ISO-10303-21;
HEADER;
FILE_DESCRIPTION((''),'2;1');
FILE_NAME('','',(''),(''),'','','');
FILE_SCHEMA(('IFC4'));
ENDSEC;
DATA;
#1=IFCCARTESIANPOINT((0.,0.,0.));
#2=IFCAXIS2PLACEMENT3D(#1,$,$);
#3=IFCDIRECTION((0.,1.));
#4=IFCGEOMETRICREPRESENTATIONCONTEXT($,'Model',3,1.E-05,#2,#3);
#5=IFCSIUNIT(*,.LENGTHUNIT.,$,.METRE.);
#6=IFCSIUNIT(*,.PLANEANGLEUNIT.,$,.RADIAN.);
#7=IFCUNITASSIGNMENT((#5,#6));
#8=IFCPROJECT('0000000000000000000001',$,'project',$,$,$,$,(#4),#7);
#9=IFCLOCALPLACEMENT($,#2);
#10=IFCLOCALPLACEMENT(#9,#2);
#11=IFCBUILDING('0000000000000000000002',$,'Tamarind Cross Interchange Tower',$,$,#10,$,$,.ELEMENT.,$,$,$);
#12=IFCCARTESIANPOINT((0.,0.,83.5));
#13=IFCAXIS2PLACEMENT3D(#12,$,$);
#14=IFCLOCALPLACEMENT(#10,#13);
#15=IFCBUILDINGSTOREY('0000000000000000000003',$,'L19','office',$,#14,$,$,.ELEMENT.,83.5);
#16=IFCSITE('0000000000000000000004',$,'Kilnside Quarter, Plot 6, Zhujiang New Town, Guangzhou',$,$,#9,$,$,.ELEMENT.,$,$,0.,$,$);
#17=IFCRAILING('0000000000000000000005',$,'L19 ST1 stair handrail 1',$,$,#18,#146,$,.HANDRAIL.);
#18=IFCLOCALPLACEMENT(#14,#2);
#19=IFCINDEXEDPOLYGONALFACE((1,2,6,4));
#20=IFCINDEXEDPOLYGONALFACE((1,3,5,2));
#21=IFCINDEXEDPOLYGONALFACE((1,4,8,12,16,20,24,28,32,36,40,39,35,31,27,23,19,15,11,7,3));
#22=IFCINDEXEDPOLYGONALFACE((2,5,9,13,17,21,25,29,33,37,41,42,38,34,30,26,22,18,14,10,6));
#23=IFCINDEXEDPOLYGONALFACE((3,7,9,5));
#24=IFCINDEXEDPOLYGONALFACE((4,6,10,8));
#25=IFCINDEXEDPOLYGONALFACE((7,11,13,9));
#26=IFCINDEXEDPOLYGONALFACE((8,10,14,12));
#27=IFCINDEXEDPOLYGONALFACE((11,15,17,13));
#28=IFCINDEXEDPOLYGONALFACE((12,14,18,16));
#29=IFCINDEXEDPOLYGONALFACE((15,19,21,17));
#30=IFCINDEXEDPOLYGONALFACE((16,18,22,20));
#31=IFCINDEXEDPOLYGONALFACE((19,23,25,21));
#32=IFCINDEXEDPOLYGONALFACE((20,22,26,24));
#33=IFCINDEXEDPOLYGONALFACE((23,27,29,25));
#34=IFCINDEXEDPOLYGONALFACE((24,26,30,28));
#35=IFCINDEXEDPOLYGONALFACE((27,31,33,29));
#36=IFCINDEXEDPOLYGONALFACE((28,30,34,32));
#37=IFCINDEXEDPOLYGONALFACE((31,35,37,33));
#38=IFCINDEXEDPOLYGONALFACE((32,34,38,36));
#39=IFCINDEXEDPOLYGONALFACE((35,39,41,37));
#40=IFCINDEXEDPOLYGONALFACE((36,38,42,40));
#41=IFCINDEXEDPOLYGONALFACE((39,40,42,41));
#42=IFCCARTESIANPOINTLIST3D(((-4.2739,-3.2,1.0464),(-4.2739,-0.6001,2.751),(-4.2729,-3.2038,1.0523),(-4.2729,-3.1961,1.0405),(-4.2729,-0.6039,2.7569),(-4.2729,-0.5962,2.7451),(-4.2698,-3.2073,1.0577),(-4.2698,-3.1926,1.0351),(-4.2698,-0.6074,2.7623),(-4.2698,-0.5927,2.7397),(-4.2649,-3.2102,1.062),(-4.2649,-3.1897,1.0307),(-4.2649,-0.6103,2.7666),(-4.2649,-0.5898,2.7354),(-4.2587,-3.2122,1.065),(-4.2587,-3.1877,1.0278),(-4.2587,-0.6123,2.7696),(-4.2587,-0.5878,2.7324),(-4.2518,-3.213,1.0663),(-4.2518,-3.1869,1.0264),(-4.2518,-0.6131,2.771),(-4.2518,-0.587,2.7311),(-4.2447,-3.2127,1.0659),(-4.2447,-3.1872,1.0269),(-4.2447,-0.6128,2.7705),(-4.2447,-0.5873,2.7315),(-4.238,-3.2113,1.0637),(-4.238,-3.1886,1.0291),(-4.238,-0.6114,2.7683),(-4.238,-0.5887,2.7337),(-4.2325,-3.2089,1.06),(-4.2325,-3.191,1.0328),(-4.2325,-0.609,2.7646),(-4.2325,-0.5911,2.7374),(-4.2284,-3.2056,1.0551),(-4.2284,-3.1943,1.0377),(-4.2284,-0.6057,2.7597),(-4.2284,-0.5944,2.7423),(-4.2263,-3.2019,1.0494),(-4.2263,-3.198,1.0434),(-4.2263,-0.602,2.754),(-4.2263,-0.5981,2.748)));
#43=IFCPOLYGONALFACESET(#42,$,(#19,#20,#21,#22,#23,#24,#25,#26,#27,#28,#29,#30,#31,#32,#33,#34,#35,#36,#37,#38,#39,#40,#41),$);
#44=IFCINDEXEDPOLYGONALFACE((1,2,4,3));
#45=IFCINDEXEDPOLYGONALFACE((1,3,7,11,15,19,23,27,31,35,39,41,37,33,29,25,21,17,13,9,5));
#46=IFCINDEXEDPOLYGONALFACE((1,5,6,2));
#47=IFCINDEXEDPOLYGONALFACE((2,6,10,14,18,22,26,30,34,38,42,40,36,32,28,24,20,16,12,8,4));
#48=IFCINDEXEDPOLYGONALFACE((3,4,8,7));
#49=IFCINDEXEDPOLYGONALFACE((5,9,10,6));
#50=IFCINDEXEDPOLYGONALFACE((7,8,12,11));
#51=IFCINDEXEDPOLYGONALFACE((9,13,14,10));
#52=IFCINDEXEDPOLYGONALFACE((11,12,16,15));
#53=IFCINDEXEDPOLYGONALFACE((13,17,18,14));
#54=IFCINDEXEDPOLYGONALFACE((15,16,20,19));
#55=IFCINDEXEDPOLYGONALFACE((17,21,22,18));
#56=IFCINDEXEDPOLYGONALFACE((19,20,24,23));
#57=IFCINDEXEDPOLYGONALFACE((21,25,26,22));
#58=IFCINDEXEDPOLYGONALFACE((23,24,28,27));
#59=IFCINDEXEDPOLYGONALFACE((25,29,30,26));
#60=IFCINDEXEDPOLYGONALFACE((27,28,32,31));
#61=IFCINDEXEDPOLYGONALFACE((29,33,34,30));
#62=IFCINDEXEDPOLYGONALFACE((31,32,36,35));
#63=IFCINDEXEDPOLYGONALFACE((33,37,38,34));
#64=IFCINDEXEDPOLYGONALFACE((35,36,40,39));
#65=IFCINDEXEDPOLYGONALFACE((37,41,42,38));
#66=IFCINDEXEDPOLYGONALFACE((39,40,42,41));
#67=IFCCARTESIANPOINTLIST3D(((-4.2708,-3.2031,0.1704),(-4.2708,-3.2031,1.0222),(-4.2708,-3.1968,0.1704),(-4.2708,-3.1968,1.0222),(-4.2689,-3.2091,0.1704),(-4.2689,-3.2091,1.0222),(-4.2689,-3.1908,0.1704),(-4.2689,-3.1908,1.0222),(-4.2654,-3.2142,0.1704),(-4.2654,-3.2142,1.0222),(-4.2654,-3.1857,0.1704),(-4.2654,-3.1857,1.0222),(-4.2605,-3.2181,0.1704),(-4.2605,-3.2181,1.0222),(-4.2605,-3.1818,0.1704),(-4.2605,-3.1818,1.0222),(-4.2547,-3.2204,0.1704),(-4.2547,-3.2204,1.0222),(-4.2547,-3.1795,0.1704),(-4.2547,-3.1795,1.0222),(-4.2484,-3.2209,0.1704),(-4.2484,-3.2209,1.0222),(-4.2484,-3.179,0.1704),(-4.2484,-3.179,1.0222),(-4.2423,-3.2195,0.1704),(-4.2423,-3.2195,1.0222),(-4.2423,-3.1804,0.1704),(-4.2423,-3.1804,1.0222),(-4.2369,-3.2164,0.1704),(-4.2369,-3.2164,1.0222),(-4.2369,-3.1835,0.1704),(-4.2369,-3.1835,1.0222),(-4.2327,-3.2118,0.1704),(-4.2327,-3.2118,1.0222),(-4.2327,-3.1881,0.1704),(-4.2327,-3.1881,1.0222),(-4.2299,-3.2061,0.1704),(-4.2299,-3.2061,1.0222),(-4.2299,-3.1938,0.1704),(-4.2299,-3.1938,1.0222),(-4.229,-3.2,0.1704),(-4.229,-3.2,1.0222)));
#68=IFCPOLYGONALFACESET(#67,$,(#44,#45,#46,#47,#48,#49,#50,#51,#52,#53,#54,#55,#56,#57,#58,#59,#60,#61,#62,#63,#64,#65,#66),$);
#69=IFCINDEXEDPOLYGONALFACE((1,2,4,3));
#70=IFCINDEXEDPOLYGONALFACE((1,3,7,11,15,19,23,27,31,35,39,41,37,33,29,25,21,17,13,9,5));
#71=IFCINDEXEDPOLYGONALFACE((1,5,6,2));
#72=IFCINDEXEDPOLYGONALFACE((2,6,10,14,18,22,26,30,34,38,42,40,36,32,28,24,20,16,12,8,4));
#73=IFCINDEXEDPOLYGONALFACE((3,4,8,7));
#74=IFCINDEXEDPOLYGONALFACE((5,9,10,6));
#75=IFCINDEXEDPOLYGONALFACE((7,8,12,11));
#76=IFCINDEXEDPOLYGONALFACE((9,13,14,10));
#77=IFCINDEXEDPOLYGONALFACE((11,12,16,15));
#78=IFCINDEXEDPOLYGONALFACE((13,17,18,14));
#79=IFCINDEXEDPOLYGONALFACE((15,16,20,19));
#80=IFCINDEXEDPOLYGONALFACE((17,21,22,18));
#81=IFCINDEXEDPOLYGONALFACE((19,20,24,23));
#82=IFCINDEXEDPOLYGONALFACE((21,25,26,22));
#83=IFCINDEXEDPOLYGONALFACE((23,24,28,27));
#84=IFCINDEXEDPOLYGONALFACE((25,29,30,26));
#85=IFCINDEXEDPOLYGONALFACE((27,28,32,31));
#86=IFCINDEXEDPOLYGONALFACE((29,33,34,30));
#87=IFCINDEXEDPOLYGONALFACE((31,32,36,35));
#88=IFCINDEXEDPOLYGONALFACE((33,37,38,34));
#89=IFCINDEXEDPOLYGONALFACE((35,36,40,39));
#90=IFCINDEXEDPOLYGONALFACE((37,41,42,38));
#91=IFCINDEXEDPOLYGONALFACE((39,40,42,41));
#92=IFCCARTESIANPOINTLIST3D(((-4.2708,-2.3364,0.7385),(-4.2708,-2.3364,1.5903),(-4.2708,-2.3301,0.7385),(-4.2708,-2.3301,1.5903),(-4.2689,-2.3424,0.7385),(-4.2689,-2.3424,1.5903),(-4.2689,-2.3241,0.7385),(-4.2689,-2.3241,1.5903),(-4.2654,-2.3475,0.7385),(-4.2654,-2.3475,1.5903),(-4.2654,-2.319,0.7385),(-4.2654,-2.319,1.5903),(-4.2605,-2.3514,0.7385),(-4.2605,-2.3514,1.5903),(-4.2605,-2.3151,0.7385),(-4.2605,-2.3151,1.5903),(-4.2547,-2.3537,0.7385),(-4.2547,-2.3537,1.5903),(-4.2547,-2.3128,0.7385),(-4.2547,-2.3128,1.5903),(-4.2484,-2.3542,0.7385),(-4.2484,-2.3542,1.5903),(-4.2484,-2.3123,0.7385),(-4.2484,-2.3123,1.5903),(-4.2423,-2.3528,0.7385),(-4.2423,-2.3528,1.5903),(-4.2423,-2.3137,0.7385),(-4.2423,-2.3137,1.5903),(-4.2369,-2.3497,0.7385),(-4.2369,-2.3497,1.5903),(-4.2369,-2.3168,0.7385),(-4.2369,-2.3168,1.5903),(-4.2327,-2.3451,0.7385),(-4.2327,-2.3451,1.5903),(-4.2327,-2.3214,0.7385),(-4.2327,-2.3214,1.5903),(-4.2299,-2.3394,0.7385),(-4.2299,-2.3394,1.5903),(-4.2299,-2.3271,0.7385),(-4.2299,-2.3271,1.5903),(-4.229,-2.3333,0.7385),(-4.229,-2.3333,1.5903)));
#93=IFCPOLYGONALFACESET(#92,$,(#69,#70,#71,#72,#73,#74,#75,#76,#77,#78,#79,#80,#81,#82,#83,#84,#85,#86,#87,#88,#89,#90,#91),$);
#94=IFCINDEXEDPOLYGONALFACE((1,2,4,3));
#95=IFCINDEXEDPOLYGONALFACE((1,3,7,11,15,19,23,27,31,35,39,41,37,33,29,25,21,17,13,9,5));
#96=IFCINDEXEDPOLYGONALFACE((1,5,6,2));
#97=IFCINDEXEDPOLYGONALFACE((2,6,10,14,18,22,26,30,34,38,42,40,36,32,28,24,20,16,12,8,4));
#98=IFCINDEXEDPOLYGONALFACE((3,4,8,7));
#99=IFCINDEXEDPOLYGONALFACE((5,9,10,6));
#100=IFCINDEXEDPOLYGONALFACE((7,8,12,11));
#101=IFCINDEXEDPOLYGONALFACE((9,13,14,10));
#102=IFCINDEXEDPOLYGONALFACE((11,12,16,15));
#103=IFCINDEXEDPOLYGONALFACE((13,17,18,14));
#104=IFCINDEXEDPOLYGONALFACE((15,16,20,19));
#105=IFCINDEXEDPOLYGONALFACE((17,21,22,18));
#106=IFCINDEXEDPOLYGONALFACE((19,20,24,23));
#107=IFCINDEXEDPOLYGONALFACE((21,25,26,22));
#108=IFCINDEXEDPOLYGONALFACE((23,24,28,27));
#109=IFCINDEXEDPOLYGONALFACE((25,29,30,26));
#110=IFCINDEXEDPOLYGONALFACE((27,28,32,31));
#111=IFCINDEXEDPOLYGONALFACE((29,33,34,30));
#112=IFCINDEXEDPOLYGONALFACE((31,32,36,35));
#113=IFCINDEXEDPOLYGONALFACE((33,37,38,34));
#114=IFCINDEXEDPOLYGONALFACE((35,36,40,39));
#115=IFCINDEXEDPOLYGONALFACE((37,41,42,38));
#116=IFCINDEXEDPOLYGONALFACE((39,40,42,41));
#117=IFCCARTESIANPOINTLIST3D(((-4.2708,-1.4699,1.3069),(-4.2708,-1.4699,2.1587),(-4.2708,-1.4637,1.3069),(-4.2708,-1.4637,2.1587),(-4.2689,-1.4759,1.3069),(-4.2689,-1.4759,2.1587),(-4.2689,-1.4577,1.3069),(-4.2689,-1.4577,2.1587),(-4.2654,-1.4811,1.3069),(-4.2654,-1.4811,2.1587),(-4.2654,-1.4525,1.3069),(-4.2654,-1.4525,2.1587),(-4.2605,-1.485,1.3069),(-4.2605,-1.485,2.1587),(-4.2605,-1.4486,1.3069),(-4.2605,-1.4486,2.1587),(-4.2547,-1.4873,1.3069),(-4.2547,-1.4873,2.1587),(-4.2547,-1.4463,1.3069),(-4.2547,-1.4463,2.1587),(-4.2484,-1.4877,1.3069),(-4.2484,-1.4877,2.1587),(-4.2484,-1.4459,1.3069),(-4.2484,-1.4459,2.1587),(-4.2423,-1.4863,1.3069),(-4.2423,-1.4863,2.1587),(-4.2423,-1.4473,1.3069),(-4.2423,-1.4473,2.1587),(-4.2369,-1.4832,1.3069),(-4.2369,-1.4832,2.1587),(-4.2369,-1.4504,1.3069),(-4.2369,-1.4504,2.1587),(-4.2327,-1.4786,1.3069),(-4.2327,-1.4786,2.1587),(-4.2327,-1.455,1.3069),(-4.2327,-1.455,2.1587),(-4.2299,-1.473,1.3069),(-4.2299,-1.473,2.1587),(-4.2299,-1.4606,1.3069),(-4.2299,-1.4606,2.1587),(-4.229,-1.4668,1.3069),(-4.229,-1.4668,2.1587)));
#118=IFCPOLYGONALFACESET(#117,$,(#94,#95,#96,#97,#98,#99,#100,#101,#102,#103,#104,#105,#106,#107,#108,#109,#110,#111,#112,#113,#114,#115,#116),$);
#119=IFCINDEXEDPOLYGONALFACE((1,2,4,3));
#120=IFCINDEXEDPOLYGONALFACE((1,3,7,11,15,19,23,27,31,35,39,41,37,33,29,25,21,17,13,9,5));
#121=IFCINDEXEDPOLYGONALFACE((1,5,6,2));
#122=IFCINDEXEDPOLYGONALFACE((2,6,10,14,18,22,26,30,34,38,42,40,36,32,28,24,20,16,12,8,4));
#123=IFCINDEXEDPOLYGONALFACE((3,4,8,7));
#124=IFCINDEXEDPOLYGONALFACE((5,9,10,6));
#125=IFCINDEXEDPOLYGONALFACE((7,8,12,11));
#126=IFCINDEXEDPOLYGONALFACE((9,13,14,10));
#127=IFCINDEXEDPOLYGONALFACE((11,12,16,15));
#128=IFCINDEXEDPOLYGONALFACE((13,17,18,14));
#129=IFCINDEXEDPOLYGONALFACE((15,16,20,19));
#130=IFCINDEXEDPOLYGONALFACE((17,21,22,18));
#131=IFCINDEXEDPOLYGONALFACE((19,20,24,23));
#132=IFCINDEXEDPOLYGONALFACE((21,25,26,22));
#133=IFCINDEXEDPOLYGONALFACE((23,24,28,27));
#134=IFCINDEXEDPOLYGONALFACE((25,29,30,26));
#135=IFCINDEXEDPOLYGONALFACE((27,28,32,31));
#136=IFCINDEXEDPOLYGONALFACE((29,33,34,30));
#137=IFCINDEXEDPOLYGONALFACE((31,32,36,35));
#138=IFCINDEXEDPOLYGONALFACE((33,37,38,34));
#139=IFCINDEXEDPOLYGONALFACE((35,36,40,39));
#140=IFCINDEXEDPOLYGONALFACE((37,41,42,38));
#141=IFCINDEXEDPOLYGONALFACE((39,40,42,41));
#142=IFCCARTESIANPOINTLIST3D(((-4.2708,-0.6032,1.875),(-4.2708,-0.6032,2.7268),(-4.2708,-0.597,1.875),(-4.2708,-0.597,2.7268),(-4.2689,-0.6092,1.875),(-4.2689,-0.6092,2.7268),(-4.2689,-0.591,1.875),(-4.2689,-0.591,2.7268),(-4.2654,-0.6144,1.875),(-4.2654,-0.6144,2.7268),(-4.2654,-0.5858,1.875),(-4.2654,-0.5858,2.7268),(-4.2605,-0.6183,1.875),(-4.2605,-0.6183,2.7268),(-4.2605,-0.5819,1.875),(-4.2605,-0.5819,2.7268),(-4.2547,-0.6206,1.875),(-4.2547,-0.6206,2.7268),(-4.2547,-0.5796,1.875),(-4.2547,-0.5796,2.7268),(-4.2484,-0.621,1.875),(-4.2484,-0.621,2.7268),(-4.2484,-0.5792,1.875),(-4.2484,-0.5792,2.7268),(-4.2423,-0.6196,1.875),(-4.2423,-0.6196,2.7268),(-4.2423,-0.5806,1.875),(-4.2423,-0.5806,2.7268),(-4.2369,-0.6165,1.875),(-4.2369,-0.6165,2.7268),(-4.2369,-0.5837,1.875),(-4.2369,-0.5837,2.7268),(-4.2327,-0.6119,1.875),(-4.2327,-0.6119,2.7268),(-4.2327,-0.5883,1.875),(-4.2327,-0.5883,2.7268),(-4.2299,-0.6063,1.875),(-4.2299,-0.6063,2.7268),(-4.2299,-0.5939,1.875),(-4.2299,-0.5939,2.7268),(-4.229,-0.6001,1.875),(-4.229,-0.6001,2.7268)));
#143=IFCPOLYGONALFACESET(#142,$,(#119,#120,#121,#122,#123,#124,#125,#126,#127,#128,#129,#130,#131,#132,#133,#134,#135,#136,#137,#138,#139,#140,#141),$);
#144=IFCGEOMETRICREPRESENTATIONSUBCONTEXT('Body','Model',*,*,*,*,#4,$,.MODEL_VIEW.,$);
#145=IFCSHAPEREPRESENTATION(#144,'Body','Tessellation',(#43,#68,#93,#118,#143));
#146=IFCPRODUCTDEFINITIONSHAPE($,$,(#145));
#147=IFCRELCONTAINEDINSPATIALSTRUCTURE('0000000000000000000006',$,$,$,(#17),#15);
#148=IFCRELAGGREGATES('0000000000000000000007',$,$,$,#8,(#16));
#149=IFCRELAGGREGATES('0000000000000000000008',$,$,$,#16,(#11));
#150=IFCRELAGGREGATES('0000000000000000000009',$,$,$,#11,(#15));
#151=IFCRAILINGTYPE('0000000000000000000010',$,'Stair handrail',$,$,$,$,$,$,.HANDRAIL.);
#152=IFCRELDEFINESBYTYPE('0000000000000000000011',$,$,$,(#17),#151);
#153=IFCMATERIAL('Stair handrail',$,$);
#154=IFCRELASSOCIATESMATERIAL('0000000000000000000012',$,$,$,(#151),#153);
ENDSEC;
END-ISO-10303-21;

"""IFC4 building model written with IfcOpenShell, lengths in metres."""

from ifc_helpers import new_model, si_unit, direction, frame, origin, origin_2d, place, context, subcontext, project, spatial, circle, extrude, material, type_object, element, save


model = new_model("IFC4")

# Units and contexts
model_context = context("Model", 3, precision=1e-05, world=origin(), true_north=direction((0.0, 1.0)))
body_context = subcontext(model_context, "Body", "Model", "MODEL_VIEW")
ifc_project = project(units=[si_unit("LENGTHUNIT", "METRE"), si_unit("PLANEANGLEUNIT", "RADIAN")], contexts=[model_context])

# Site, building, storey
site_placement = place(None, origin())
site = spatial("IfcSite", under=ifc_project, at=site_placement, Name="Kilnside Quarter, Plot 6, Zhujiang New Town, Guangzhou", CompositionType="ELEMENT", RefElevation=0.0)
building_placement = place(site_placement, origin())
building = spatial("IfcBuilding", under=site, at=building_placement, Name="Tamarind Cross Interchange Tower", CompositionType="ELEMENT")
storey_placement = place(building_placement, frame((0.0, 0.0, 83.5)))
storey = spatial("IfcBuildingStorey", under=building, at=storey_placement, Name="L19", Description="office", CompositionType="ELEMENT", Elevation=83.5)

# Railing
ifc_material_1 = material(Name="Stair handrail")
railing_type_1 = type_object("IfcRailingType", Name="Stair handrail", PredefinedType="HANDRAIL", material=ifc_material_1)
railing_1_placement = place(storey_placement, frame((-4.25, -3.2, 0.1704)))
element("IfcRailing", 1, at=railing_1_placement, inside=storey, type_object=railing_type_1, Name="L19 ST1 stair handrail 1", PredefinedType="HANDRAIL", context=body_context, shape_type="SweptSolid", body=[
    extrude(circle(Radius=0.0239, at=origin_2d()), frame((0.0, 0.0, 0.876), z_axis=(0.0, 0.836279, 0.548305), x_axis=(-1.0, 0.0, 0.0)), (0.0, 0.0, 1.0), 3.1089),
    extrude(circle(Radius=0.021, at=origin_2d()), origin(), (0.0, 0.0, 1.0), 0.8518),
    extrude(circle(Radius=0.021, at=origin_2d()), frame((0.0, 0.8667, 0.5681)), (0.0, 0.0, 1.0), 0.8518),
    extrude(circle(Radius=0.021, at=origin_2d()), frame((0.0, 1.7332, 1.1365)), (0.0, 0.0, 1.0), 0.8518),
    extrude(circle(Radius=0.021, at=origin_2d()), frame((0.0, 2.5999, 1.7046)), (0.0, 0.0, 1.0), 0.8518),
])

save(model, "model.ifc")
